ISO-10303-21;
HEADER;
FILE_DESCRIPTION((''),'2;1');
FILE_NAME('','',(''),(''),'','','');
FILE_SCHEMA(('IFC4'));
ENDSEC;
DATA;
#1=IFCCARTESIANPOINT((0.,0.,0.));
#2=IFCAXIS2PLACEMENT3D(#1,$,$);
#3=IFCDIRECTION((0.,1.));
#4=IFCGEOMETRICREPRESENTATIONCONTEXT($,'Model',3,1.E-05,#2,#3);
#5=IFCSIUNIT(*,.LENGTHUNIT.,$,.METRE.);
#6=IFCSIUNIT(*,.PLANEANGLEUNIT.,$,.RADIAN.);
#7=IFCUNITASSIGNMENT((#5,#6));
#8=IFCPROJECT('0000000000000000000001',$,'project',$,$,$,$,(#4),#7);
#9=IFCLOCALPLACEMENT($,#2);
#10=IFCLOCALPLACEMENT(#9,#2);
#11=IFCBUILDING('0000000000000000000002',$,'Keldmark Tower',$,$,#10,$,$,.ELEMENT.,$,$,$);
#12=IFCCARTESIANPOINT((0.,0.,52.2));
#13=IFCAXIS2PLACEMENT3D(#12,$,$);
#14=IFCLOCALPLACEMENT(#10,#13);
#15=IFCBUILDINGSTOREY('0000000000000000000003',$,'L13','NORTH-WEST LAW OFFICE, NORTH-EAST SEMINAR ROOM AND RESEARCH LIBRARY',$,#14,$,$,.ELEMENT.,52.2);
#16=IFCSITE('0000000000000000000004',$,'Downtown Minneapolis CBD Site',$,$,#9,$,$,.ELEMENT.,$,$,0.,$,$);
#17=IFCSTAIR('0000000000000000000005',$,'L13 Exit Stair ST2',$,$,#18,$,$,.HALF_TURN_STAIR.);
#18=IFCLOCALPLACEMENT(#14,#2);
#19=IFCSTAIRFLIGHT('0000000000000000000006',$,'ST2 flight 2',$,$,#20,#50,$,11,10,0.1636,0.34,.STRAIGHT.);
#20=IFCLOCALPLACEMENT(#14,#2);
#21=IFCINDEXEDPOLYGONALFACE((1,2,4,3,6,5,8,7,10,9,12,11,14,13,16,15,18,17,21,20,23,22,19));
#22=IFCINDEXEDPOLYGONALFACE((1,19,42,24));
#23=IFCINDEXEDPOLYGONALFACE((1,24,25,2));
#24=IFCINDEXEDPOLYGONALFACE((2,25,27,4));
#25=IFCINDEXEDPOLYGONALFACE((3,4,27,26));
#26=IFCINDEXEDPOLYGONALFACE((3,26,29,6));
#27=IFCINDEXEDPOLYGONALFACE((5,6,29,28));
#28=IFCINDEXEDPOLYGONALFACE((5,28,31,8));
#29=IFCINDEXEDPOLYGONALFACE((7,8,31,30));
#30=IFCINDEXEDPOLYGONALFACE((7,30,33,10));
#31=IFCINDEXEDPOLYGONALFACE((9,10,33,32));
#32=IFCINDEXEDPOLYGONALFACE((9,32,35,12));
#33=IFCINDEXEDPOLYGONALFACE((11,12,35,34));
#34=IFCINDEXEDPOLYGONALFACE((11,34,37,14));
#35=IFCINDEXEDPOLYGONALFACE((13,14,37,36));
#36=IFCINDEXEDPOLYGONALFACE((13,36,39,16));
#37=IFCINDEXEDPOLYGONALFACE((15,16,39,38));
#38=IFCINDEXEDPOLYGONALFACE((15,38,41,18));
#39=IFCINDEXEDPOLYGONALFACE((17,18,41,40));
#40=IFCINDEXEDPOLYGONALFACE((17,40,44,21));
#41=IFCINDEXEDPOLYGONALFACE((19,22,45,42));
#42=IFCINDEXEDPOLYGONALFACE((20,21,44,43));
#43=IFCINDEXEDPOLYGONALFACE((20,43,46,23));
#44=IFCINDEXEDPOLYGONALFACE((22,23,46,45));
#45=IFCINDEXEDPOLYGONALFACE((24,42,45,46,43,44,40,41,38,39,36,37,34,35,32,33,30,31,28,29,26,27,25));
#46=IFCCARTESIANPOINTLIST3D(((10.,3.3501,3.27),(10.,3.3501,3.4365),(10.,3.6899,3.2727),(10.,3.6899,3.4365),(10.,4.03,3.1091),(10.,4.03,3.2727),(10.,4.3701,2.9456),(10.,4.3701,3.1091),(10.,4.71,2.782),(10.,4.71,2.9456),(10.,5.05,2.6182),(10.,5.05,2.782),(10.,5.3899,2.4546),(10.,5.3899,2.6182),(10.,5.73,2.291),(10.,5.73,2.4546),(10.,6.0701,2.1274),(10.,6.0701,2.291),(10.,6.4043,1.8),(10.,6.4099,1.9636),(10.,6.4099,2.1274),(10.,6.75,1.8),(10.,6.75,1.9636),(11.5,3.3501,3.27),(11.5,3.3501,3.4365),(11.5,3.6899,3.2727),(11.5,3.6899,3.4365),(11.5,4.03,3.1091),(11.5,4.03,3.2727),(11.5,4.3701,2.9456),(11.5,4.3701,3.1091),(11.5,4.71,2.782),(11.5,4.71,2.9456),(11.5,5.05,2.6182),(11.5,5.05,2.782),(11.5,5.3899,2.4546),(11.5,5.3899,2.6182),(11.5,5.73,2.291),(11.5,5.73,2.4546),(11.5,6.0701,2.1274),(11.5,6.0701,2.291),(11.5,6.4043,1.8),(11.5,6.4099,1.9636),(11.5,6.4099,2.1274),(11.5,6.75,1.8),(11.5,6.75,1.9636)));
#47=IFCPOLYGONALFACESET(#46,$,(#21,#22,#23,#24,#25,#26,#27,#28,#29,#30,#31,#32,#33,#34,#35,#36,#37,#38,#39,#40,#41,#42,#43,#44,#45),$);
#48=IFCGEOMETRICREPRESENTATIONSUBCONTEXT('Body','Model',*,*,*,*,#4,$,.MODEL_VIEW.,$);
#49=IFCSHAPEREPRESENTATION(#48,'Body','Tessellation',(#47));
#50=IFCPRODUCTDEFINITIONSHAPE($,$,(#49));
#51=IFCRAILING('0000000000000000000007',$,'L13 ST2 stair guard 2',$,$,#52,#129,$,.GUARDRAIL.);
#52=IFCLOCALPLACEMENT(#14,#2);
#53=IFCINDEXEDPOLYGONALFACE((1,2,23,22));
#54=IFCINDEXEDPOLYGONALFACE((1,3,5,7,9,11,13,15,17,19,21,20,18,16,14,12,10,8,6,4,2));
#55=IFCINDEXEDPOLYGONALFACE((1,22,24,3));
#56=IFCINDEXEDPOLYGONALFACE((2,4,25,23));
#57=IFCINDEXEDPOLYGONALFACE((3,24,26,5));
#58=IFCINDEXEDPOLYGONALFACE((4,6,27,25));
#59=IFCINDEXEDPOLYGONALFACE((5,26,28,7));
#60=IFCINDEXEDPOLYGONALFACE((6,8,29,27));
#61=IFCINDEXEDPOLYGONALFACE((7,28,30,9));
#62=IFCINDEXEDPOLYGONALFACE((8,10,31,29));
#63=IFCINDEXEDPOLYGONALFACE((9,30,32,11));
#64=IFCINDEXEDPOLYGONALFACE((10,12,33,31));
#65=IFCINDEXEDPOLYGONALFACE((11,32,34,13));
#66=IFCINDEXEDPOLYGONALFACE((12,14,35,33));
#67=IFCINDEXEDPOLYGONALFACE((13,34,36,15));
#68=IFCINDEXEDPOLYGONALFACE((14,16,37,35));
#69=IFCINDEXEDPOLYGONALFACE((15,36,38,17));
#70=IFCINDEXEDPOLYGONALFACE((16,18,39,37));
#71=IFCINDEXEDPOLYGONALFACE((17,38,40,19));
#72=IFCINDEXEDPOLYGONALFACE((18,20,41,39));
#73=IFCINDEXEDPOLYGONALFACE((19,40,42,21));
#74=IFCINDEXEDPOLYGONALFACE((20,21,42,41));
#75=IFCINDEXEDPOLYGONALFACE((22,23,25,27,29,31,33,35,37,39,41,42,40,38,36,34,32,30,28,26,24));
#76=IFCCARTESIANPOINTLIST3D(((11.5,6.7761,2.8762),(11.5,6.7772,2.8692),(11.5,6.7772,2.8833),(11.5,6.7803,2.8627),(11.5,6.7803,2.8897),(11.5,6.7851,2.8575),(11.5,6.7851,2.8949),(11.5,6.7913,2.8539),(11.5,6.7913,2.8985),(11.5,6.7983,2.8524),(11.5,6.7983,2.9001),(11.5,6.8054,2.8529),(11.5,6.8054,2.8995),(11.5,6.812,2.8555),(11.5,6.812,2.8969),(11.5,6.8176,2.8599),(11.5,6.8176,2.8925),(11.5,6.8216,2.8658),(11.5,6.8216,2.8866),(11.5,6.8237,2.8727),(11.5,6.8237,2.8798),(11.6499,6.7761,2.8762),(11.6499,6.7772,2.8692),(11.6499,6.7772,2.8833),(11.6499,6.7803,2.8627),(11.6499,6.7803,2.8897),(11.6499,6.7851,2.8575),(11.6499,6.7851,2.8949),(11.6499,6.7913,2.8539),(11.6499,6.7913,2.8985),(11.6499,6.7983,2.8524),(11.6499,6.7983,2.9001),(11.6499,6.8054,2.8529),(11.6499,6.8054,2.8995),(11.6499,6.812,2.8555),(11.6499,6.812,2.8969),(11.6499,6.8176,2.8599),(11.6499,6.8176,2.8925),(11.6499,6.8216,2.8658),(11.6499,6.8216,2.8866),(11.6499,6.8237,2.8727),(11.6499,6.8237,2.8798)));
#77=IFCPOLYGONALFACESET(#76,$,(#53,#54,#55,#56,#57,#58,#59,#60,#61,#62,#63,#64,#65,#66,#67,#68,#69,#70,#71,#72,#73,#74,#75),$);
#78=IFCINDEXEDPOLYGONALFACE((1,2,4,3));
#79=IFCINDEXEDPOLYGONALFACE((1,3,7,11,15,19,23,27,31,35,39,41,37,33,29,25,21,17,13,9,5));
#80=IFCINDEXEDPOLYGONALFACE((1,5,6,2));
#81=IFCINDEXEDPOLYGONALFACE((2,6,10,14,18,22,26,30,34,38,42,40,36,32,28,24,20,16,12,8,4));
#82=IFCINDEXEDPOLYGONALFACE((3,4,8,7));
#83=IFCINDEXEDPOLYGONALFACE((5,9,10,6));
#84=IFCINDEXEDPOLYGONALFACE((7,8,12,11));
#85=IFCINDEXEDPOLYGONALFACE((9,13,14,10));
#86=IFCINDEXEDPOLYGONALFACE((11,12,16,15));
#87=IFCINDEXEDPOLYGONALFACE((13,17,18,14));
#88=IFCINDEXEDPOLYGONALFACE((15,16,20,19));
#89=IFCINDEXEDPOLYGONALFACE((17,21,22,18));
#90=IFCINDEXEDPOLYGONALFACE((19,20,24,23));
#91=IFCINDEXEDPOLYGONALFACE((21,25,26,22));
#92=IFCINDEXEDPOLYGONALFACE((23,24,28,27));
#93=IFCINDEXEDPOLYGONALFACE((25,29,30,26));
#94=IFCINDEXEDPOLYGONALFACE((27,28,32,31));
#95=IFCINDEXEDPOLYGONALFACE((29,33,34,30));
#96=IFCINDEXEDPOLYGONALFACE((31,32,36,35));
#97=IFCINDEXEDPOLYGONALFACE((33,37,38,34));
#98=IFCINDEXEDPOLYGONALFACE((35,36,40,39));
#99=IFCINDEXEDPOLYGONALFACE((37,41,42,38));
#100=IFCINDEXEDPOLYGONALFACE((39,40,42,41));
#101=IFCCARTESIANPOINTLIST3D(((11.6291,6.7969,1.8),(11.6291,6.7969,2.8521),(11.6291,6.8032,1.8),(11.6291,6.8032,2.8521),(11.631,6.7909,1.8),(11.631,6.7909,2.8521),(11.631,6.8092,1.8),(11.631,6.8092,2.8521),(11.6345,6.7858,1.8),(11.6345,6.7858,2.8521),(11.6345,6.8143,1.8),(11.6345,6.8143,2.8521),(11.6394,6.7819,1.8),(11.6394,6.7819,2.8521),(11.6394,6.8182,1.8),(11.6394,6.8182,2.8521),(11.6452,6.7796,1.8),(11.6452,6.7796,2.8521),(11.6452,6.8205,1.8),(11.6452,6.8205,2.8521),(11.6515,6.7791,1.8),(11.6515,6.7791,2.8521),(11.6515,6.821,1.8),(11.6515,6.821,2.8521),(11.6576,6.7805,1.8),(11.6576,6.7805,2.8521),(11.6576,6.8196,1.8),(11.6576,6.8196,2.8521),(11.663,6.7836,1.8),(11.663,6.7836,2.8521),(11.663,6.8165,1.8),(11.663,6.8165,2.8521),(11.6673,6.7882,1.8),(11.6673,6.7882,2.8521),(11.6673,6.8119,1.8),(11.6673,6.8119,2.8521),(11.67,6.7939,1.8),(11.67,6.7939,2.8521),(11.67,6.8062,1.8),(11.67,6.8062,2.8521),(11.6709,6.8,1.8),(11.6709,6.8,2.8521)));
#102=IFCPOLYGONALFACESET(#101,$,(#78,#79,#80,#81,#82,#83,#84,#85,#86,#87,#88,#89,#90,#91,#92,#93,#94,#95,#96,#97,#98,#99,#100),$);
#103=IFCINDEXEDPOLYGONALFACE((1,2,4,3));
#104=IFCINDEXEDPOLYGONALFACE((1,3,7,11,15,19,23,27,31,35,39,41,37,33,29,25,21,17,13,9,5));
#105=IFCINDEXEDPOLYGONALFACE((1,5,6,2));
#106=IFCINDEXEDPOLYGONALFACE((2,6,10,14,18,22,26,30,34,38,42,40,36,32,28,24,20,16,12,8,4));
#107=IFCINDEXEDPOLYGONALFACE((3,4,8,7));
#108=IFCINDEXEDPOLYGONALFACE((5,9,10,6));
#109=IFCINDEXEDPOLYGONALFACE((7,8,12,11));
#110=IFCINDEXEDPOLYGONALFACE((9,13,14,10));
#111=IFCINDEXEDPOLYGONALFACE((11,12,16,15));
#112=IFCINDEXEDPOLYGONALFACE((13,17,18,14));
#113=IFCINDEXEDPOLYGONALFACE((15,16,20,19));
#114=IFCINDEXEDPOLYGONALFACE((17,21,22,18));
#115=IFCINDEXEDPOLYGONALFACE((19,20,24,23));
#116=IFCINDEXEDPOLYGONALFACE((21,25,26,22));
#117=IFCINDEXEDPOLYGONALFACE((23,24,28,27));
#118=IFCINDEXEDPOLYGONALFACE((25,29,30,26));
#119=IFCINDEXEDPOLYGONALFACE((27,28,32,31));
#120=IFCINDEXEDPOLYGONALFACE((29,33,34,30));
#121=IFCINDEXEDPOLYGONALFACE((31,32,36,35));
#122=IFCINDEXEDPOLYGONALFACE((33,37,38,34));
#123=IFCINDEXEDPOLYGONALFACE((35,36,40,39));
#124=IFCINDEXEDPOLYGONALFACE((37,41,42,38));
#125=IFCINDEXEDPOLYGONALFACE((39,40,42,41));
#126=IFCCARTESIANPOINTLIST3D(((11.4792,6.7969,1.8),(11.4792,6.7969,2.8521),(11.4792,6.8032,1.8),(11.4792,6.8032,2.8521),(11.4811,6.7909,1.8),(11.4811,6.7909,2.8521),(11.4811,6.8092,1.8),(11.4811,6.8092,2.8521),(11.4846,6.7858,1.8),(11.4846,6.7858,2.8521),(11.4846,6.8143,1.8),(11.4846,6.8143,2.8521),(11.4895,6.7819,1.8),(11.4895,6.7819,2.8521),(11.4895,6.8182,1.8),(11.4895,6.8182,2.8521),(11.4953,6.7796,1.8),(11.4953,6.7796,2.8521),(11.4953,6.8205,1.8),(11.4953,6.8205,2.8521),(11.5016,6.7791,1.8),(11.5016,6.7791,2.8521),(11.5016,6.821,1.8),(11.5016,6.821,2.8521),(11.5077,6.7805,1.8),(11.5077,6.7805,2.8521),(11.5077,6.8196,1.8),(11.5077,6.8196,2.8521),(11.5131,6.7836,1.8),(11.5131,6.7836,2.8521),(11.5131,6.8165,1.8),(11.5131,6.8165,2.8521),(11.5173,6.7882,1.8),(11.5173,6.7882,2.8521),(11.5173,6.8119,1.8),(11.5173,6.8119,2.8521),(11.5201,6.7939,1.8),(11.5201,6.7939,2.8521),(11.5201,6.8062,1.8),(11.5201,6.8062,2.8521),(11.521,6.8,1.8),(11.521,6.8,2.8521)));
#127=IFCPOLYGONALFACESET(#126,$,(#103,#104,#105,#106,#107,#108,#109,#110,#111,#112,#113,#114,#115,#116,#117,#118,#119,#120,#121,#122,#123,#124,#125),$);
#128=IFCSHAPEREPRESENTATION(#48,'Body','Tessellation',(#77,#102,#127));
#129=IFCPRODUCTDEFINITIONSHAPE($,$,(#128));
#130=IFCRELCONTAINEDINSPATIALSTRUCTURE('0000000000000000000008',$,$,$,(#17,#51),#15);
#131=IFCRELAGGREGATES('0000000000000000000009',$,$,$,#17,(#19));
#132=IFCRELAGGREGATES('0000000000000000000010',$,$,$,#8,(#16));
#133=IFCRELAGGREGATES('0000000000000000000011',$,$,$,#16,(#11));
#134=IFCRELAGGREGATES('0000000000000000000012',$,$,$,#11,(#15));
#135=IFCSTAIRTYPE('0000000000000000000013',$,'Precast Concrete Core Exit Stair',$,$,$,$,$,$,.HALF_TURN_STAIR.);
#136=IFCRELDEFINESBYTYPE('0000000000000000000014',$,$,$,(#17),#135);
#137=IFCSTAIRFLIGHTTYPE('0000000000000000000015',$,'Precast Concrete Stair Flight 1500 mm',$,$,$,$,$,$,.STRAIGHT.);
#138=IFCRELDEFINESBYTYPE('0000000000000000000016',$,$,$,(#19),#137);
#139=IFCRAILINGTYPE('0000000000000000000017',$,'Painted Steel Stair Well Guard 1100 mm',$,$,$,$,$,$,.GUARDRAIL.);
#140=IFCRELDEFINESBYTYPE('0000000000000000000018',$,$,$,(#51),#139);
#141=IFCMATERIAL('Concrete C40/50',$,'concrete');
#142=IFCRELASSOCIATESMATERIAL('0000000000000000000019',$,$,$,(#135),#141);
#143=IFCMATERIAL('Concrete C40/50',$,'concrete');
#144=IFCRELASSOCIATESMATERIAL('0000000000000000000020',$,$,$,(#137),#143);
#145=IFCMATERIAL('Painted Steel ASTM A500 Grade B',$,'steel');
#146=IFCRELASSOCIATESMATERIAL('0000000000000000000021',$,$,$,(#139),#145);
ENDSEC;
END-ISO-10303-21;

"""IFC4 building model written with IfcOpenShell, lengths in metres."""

from ifc_helpers import new_model, si_unit, direction, frame, origin, origin_2d, place, context, subcontext, project, spatial, polyline, circle, outline, extrude, material, type_object, element, aggregate, save


model = new_model("IFC4")

# Units and contexts
model_context = context("Model", 3, precision=1e-05, world=origin(), true_north=direction((0.0, 1.0)))
body_context = subcontext(model_context, "Body", "Model", "MODEL_VIEW")
ifc_project = project(units=[si_unit("LENGTHUNIT", "METRE"), si_unit("PLANEANGLEUNIT", "RADIAN")], contexts=[model_context])

# Site, building, storey
site_placement = place(None, origin())
site = spatial("IfcSite", under=ifc_project, at=site_placement, Name="Downtown Minneapolis CBD Site", CompositionType="ELEMENT", RefElevation=0.0)
building_placement = place(site_placement, origin())
building = spatial("IfcBuilding", under=site, at=building_placement, Name="Keldmark Tower", CompositionType="ELEMENT")
storey_placement = place(building_placement, frame((0.0, 0.0, 52.2)))
storey = spatial("IfcBuildingStorey", under=building, at=storey_placement, Name="L13", Description="NORTH-WEST LAW OFFICE, NORTH-EAST SEMINAR ROOM AND RESEARCH LIBRARY", CompositionType="ELEMENT", Elevation=52.2)

# Stair, stair flight
ifc_material_1 = material(Name="Concrete C40/50", Category="concrete")
stair_type = type_object("IfcStairType", Name="Precast Concrete Core Exit Stair", PredefinedType="HALF_TURN_STAIR", material=ifc_material_1)
stair_placement = place(storey_placement, origin())
stair = element("IfcStair", 1, at=stair_placement, inside=storey, type_object=stair_type, Name="L13 Exit Stair ST2", PredefinedType="HALF_TURN_STAIR")
ifc_material_2 = material(Name="Concrete C40/50", Category="concrete")
stair_flight_type = type_object("IfcStairFlightType", Name="Precast Concrete Stair Flight 1500 mm", PredefinedType="STRAIGHT", material=ifc_material_2)
stair_flight_placement = place(storey_placement, frame((10.75, 6.75, 1.8), z_axis=(0.0, 0.0, 1.0), x_axis=(0.0, -1.0, 0.0)))
stair_flight = element("IfcStairFlight", 2, at=stair_flight_placement, type_object=stair_flight_type, Name="ST2 flight 2", NumberOfRisers=11, NumberOfTreads=10, PredefinedType="STRAIGHT", RiserHeight=0.1636, TreadLength=0.34, context=body_context, shape_type="SweptSolid", body=[
    extrude(outline(polyline([(0.0, 0.0), (0.0, 0.1636), (0.3401, 0.1636), (0.3401, 0.3274), (0.6799, 0.3274), (0.6799, 0.491), (1.02, 0.491), (1.02, 0.6545), (1.3601, 0.6545), (1.3601, 0.8181), (1.7, 0.8181), (1.7, 0.9819), (2.04, 0.9819), (2.04, 1.1455), (2.3799, 1.1455), (2.3799, 1.3091), (2.72, 1.3091), (2.72, 1.4727), (3.0601, 1.4727), (3.0601, 1.6365), (3.3999, 1.6365), (3.3999, 1.8), (3.3999, 1.47), (0.3457, 0.0), (0.0, 0.0)])), frame((0.0, 0.75, 0.0), z_axis=(0.0, -1.0, 0.0), x_axis=(1.0, 0.0, 0.0)), (0.0, 0.0, 1.0), 1.5),
])
aggregate(stair, [stair_flight])

# Railing
ifc_material_3 = material(Name="Painted Steel ASTM A500 Grade B", Category="steel")
railing_type_1 = type_object("IfcRailingType", Name="Painted Steel Stair Well Guard 1100 mm", PredefinedType="GUARDRAIL", material=ifc_material_3)
railing_1_placement = place(storey_placement, frame((11.6499, 6.8, 1.8)))
element("IfcRailing", 3, at=railing_1_placement, inside=storey, type_object=railing_type_1, Name="L13 ST2 stair guard 2", PredefinedType="GUARDRAIL", context=body_context, shape_type="SweptSolid", body=[
    extrude(circle(Radius=0.0239, at=origin_2d()), frame((0.0, 0.0, 1.0762), z_axis=(-1.0, 0.0, 0.0), x_axis=(0.0, -1.0, 0.0)), (0.0, 0.0, 1.0), 0.1499),
    extrude(circle(Radius=0.021, at=origin_2d()), origin(), (0.0, 0.0, 1.0), 1.052),
    extrude(circle(Radius=0.021, at=origin_2d()), frame((-0.1499, 0.0, 0.0)), (0.0, 0.0, 1.0), 1.052),
])

save(model, "model.ifc")
